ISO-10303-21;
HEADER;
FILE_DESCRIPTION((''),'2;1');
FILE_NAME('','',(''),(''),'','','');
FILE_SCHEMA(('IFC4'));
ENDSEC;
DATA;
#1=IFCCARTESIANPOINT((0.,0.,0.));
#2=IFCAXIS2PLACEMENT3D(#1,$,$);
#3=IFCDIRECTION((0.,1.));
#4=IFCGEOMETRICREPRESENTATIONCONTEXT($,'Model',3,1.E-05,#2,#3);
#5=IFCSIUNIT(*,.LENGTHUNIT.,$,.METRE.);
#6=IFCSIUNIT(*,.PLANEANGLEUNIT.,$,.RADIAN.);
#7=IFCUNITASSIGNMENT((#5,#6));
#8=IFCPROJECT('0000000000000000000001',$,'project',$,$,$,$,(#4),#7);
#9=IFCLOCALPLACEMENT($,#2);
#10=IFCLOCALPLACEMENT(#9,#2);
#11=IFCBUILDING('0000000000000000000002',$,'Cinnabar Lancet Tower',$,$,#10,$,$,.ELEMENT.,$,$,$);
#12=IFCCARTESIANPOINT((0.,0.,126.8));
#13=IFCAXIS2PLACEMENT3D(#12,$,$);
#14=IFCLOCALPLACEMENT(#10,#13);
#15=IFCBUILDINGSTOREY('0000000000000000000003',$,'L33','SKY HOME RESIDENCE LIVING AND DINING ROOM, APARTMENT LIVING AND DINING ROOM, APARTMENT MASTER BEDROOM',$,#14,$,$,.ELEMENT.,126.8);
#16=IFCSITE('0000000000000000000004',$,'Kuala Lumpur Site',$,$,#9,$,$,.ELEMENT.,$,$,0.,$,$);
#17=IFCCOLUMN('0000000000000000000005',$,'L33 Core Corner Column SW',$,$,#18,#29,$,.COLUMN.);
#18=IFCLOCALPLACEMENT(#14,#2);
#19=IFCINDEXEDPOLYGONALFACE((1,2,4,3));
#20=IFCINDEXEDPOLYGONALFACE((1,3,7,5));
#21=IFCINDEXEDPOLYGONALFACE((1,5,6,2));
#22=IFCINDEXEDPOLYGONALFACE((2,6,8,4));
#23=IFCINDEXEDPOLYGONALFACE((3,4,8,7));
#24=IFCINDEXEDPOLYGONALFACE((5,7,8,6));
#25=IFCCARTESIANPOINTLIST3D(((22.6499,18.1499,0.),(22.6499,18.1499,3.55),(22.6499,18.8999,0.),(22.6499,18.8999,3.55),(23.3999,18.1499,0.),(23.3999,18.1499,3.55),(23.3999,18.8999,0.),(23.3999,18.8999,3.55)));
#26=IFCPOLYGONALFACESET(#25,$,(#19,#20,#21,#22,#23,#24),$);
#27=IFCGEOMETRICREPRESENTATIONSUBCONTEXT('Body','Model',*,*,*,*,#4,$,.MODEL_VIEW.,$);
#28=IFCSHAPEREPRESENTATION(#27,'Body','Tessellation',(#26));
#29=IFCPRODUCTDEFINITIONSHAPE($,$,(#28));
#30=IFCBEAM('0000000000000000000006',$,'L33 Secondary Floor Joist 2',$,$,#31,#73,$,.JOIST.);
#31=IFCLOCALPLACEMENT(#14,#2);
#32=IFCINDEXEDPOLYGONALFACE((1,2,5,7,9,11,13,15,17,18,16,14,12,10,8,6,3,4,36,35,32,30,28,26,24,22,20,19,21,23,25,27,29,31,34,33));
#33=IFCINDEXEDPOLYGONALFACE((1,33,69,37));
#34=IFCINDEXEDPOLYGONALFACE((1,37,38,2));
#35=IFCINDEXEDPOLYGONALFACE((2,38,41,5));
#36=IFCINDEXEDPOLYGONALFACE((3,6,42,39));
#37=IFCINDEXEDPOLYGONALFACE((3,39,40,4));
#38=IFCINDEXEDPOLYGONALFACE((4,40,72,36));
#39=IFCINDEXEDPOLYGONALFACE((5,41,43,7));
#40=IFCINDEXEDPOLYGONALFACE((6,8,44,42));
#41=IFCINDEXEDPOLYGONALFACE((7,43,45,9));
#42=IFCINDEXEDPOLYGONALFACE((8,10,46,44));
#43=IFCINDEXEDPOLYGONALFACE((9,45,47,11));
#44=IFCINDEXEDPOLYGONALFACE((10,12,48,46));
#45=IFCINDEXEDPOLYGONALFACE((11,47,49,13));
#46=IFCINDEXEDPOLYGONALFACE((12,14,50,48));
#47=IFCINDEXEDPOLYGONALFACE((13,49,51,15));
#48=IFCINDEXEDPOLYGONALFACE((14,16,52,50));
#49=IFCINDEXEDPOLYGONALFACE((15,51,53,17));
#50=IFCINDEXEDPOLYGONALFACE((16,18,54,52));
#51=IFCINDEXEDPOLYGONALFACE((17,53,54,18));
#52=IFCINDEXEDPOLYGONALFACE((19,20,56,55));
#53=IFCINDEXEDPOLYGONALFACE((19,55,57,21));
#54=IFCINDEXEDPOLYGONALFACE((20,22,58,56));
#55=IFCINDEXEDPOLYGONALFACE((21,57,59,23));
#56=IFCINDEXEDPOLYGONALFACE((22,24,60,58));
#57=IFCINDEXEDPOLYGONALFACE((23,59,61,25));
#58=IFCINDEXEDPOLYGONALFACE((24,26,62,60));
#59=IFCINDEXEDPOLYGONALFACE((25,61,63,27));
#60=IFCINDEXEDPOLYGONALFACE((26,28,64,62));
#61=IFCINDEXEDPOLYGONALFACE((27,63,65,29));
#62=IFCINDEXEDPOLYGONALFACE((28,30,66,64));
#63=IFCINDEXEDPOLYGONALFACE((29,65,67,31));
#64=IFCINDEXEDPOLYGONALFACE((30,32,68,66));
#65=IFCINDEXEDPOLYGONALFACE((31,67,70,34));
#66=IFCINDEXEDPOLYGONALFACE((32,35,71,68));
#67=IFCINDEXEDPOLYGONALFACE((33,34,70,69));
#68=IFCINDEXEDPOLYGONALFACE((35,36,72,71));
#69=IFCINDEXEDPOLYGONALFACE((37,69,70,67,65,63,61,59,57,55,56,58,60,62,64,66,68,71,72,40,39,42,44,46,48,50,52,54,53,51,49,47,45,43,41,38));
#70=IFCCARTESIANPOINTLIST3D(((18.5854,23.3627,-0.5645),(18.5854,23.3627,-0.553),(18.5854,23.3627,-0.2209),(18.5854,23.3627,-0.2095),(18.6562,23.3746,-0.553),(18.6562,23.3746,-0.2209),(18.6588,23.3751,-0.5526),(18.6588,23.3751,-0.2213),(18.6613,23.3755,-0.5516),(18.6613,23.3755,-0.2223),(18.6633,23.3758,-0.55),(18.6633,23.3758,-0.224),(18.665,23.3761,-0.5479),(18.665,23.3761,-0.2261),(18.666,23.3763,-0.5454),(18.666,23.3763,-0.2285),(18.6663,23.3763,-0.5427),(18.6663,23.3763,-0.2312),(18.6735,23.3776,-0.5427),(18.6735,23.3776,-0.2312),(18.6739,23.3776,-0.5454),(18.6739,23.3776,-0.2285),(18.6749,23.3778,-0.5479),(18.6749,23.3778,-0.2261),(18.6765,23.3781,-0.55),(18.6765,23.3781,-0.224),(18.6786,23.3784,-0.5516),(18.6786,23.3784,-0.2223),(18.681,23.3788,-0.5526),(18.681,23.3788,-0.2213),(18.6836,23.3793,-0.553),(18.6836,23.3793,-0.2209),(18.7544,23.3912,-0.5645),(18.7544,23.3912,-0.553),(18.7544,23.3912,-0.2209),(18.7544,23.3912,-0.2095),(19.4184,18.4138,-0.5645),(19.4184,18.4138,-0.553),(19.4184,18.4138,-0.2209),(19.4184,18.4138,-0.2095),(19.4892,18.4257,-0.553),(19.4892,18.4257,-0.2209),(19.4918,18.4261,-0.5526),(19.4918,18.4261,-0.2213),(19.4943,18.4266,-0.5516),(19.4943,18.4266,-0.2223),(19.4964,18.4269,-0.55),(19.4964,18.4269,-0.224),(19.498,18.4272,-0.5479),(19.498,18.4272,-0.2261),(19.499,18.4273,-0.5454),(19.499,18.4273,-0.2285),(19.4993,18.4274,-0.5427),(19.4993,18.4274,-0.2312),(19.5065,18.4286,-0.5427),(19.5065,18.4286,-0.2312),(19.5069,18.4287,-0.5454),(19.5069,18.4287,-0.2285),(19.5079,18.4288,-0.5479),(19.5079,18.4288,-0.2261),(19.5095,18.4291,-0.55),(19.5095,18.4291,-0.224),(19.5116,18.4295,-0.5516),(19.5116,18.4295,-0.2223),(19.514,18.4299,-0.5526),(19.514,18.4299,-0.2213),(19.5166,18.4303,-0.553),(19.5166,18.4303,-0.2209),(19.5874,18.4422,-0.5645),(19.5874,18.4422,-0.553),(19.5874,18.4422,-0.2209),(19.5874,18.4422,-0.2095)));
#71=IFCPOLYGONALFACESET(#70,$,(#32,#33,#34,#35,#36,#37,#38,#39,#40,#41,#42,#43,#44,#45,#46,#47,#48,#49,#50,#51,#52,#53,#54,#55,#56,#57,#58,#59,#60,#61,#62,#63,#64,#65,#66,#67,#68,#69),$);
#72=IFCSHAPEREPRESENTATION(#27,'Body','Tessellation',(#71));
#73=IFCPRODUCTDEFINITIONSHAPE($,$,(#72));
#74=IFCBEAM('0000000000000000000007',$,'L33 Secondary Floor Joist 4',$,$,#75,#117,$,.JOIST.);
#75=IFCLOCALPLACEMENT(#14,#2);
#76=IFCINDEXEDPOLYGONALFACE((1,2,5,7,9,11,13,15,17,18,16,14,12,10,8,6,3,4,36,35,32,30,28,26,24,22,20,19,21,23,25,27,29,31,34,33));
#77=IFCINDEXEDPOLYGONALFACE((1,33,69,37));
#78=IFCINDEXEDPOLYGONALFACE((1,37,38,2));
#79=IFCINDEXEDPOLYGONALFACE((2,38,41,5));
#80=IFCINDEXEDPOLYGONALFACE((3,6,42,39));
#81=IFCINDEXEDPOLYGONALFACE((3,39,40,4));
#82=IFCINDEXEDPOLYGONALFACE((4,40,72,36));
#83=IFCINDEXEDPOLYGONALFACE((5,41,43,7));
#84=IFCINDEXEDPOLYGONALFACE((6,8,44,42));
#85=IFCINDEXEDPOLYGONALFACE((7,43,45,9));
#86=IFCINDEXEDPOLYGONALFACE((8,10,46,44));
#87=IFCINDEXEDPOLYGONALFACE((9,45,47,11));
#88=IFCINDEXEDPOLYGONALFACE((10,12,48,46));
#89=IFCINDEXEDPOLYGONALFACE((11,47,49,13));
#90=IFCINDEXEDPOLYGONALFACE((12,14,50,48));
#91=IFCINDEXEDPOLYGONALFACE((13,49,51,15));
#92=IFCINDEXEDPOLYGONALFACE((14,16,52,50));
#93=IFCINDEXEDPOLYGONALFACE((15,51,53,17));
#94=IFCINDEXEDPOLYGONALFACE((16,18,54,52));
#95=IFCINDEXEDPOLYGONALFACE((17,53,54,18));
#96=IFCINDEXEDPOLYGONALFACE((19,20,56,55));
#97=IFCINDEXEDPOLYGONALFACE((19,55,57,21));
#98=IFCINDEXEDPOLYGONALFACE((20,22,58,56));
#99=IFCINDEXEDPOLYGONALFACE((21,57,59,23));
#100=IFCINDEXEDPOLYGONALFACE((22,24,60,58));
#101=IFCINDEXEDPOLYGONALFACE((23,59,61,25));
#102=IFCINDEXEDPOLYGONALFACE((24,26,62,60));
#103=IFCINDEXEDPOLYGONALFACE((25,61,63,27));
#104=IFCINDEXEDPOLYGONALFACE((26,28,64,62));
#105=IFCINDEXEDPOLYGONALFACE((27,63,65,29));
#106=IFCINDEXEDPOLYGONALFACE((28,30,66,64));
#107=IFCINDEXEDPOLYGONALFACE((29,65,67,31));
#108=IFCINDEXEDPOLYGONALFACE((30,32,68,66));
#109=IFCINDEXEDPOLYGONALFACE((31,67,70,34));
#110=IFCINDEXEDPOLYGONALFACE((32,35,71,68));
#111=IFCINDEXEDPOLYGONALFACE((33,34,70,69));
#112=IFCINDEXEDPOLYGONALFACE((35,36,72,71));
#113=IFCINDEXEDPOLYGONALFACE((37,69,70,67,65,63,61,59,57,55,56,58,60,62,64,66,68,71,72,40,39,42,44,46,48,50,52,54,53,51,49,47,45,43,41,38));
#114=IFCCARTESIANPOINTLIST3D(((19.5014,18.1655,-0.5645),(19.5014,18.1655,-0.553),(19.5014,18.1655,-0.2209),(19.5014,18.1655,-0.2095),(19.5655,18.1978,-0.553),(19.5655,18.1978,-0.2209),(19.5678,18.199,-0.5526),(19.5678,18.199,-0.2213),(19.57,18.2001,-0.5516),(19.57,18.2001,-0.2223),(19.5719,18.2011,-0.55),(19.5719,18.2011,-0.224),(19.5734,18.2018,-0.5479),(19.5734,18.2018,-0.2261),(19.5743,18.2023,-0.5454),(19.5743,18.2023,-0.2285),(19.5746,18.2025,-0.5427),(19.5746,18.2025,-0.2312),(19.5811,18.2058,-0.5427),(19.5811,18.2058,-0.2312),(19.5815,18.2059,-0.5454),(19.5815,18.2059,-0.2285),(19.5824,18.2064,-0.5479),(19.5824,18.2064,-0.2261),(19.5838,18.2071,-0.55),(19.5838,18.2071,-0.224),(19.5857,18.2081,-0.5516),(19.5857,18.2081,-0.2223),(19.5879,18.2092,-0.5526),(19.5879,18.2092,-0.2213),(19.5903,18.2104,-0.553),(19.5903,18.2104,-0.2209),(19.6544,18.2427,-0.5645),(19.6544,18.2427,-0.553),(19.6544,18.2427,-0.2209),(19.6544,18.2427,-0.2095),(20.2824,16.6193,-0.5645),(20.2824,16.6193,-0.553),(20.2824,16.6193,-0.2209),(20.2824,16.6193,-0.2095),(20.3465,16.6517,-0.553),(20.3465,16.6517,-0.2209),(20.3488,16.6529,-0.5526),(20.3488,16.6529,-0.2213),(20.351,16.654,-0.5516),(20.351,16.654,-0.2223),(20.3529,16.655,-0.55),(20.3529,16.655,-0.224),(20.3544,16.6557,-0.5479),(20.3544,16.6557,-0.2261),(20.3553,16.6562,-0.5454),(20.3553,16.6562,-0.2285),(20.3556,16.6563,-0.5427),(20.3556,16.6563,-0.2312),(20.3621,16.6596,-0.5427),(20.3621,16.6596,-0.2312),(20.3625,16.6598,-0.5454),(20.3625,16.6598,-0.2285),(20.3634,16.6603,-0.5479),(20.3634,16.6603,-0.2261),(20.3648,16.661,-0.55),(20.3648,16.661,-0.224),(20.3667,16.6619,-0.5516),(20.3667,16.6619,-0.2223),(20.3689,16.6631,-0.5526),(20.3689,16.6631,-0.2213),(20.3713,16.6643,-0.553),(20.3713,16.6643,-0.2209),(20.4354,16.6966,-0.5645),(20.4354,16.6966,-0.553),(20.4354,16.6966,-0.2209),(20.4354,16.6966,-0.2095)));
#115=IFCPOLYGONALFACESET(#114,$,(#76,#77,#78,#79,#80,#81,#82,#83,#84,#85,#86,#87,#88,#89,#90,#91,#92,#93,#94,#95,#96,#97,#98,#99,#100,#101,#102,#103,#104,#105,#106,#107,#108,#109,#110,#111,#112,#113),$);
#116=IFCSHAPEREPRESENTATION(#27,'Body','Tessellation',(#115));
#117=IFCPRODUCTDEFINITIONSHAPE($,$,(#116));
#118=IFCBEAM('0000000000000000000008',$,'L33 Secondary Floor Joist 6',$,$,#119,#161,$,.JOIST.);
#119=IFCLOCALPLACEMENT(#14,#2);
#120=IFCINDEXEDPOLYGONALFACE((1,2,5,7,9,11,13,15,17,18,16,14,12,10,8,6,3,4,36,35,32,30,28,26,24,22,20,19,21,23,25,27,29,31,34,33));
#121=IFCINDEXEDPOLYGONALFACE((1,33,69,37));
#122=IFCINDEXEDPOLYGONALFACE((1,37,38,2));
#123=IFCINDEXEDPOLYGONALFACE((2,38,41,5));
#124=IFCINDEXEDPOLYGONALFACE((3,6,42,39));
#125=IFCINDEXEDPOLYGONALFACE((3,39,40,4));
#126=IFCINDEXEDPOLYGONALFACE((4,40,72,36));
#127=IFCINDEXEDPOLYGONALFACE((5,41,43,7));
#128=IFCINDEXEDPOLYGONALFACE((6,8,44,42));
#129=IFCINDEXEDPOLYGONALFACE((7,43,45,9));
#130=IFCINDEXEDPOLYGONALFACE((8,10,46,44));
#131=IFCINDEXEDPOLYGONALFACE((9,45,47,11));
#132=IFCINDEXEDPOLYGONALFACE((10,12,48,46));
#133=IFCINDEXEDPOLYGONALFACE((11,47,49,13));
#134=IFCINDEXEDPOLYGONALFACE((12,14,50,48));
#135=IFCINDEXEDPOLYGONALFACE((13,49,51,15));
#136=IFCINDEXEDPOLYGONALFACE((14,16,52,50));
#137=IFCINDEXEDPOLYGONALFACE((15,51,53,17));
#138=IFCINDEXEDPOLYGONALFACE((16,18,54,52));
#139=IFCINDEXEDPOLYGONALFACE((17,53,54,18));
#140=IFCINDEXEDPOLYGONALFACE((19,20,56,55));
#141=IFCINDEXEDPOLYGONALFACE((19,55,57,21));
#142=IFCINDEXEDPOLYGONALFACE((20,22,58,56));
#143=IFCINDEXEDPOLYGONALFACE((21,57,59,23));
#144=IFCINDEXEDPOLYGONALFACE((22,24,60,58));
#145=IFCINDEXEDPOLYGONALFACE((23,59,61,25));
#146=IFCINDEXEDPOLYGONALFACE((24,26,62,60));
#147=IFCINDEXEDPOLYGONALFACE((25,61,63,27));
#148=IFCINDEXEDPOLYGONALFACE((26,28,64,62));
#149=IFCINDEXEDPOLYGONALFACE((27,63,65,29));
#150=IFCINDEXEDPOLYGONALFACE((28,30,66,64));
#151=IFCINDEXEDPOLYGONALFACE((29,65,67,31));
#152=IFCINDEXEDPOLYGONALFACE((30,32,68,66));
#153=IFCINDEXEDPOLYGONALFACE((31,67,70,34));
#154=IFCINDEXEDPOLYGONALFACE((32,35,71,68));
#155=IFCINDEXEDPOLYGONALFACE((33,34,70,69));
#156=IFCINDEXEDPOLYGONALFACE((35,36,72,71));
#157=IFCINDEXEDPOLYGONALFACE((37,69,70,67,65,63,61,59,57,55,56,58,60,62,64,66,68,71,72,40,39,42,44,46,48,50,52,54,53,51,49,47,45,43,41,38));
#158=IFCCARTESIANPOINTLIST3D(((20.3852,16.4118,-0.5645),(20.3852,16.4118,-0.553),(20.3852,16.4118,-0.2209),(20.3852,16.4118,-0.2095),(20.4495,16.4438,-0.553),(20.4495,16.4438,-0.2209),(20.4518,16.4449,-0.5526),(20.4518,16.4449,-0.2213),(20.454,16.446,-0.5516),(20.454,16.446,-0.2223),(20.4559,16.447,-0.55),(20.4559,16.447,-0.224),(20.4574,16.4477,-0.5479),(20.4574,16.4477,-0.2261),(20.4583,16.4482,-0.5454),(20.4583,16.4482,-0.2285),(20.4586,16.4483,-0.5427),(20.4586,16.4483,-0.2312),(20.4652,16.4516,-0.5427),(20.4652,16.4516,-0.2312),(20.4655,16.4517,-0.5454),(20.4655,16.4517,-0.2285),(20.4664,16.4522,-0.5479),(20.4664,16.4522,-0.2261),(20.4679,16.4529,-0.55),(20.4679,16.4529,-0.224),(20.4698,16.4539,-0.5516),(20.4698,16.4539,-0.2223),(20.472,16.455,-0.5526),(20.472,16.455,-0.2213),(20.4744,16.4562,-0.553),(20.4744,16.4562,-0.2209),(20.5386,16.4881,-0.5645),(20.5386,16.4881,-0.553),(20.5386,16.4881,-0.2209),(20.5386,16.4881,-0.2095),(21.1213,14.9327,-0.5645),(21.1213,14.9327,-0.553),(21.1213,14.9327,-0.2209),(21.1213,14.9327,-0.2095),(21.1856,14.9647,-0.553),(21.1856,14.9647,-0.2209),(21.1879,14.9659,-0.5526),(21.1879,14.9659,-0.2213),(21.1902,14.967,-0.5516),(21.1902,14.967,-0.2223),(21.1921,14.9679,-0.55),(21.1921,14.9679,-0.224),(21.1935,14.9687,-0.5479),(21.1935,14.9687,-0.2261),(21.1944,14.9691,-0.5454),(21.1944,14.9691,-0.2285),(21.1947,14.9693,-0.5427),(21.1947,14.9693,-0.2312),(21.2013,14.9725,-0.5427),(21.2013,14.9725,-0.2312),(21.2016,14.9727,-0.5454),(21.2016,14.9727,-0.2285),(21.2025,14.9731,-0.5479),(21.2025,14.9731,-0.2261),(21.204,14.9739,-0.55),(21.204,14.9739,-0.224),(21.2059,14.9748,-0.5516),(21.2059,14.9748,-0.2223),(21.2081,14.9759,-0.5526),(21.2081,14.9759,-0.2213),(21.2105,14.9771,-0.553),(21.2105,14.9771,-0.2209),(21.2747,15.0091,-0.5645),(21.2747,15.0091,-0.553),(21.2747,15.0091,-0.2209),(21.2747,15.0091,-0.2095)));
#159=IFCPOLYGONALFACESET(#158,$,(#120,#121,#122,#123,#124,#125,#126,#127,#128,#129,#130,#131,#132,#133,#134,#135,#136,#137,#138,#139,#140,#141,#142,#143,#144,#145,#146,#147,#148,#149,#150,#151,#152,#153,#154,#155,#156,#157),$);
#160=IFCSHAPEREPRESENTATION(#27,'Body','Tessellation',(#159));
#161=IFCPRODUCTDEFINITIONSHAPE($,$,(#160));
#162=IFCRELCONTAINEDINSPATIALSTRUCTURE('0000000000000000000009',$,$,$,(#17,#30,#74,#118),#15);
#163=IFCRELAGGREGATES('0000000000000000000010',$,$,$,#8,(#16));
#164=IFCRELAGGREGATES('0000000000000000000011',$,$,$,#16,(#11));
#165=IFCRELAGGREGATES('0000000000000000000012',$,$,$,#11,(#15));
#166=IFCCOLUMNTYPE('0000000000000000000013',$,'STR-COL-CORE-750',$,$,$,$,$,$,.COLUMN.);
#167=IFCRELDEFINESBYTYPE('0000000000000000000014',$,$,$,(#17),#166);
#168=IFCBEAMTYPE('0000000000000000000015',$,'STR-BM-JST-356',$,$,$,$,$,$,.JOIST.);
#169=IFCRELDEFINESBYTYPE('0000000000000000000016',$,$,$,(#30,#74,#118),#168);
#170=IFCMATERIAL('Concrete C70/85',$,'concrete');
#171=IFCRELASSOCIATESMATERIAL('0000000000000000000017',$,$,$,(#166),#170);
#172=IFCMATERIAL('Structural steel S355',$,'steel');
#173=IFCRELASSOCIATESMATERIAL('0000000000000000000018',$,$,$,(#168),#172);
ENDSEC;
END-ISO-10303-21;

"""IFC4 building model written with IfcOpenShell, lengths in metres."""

from ifc_helpers import new_model, si_unit, direction, frame, origin, origin_2d, place, context, subcontext, project, spatial, rectangle, i_section, extrude, material, material_profile, profile_set, type_object, element, save


model = new_model("IFC4")

# Units and contexts
model_context = context("Model", 3, precision=1e-05, world=origin(), true_north=direction((0.0, 1.0)))
body_context = subcontext(model_context, "Body", "Model", "MODEL_VIEW")
ifc_project = project(units=[si_unit("LENGTHUNIT", "METRE"), si_unit("PLANEANGLEUNIT", "RADIAN")], contexts=[model_context])

# Site, building, storey
site_placement = place(None, origin())
site = spatial("IfcSite", under=ifc_project, at=site_placement, Name="Kuala Lumpur Site", CompositionType="ELEMENT", RefElevation=0.0)
building_placement = place(site_placement, origin())
building = spatial("IfcBuilding", under=site, at=building_placement, Name="Cinnabar Lancet Tower", CompositionType="ELEMENT")
storey_placement = place(building_placement, frame((0.0, 0.0, 126.8)))
storey = spatial("IfcBuildingStorey", under=building, at=storey_placement, Name="L33", Description="SKY HOME RESIDENCE LIVING AND DINING ROOM, APARTMENT LIVING AND DINING ROOM, APARTMENT MASTER BEDROOM", CompositionType="ELEMENT", Elevation=126.8)

# Column
ifc_material_1 = material(Name="Concrete C70/85", Category="concrete")
ifc_material_profile_1 = material_profile(ifc_material_1, rectangle(XDim=0.75, YDim=0.75, at=origin_2d()), Name="RC-COL 750x750")
ifc_profile_set_1 = profile_set([ifc_material_profile_1], Name="Concrete C70/85")
column_type = type_object("IfcColumnType", Name="STR-COL-CORE-750", PredefinedType="COLUMN", material=ifc_profile_set_1)
column_placement = place(storey_placement, frame((23.0249, 18.5249, 0.0), z_axis=(0.0, 0.0, 1.0), x_axis=(1.0, 0.0, 0.0)))
element("IfcColumn", 1, at=column_placement, inside=storey, type_object=column_type, Name="L33 Core Corner Column SW", PredefinedType="COLUMN", context=body_context, shape_type="SweptSolid", body=[
    extrude(rectangle(XDim=0.75, YDim=0.75, at=origin_2d()), origin(), (0.0, 0.0, 1.0), 3.55),
])

# Beams
ifc_material_2 = material(Name="Structural steel S355", Category="steel")
ifc_material_profile_2 = material_profile(ifc_material_2, i_section(OverallWidth=0.1714, OverallDepth=0.355, WebThickness=0.0073, FlangeThickness=0.0115, FilletRadius=0.0103, at=origin_2d()), Name="UKB 356x171x51")
ifc_profile_set_2 = profile_set([ifc_material_profile_2], Name="Structural steel S355")
beam_type_1 = type_object("IfcBeamType", Name="STR-BM-JST-356", PredefinedType="JOIST", material=ifc_profile_set_2)
beam_1_placement = place(storey_placement, frame((18.6699, 23.377, -0.387), z_axis=(0.165984, -0.986128, 0.0), x_axis=(0.986128, 0.165984, 0.0)))
element("IfcBeam", 2, at=beam_1_placement, inside=storey, type_object=beam_type_1, Name="L33 Secondary Floor Joist 2", PredefinedType="JOIST", context=body_context, shape_type="SweptSolid", body=[
    extrude(i_section(OverallWidth=0.1714, OverallDepth=0.355, WebThickness=0.0073, FlangeThickness=0.0115, FilletRadius=0.0103, at=origin_2d()), origin(), (0.0, 0.0, 1.0), 5.0186),
])
beam_2_placement = place(storey_placement, frame((19.5779, 18.2041, -0.387), z_axis=(0.450874, -0.892587, 0.0), x_axis=(0.892587, 0.450874, 0.0)))
element("IfcBeam", 3, at=beam_2_placement, inside=storey, type_object=beam_type_1, Name="L33 Secondary Floor Joist 4", PredefinedType="JOIST", context=body_context, shape_type="SweptSolid", body=[
    extrude(i_section(OverallWidth=0.1714, OverallDepth=0.355, WebThickness=0.0073, FlangeThickness=0.0115, FilletRadius=0.0103, at=origin_2d()), origin(), (0.0, 0.0, 1.0), 1.7322),
])
beam_3_placement = place(storey_placement, frame((20.4619, 16.45, -0.387), z_axis=(0.445558, -0.895253, 0.0), x_axis=(0.895253, 0.445558, 0.0)))
element("IfcBeam", 4, at=beam_3_placement, inside=storey, type_object=beam_type_1, Name="L33 Secondary Floor Joist 6", PredefinedType="JOIST", context=body_context, shape_type="SweptSolid", body=[
    extrude(i_section(OverallWidth=0.1714, OverallDepth=0.355, WebThickness=0.0073, FlangeThickness=0.0115, FilletRadius=0.0103, at=origin_2d()), origin(), (0.0, 0.0, 1.0), 1.6521),
])

save(model, "model.ifc")
